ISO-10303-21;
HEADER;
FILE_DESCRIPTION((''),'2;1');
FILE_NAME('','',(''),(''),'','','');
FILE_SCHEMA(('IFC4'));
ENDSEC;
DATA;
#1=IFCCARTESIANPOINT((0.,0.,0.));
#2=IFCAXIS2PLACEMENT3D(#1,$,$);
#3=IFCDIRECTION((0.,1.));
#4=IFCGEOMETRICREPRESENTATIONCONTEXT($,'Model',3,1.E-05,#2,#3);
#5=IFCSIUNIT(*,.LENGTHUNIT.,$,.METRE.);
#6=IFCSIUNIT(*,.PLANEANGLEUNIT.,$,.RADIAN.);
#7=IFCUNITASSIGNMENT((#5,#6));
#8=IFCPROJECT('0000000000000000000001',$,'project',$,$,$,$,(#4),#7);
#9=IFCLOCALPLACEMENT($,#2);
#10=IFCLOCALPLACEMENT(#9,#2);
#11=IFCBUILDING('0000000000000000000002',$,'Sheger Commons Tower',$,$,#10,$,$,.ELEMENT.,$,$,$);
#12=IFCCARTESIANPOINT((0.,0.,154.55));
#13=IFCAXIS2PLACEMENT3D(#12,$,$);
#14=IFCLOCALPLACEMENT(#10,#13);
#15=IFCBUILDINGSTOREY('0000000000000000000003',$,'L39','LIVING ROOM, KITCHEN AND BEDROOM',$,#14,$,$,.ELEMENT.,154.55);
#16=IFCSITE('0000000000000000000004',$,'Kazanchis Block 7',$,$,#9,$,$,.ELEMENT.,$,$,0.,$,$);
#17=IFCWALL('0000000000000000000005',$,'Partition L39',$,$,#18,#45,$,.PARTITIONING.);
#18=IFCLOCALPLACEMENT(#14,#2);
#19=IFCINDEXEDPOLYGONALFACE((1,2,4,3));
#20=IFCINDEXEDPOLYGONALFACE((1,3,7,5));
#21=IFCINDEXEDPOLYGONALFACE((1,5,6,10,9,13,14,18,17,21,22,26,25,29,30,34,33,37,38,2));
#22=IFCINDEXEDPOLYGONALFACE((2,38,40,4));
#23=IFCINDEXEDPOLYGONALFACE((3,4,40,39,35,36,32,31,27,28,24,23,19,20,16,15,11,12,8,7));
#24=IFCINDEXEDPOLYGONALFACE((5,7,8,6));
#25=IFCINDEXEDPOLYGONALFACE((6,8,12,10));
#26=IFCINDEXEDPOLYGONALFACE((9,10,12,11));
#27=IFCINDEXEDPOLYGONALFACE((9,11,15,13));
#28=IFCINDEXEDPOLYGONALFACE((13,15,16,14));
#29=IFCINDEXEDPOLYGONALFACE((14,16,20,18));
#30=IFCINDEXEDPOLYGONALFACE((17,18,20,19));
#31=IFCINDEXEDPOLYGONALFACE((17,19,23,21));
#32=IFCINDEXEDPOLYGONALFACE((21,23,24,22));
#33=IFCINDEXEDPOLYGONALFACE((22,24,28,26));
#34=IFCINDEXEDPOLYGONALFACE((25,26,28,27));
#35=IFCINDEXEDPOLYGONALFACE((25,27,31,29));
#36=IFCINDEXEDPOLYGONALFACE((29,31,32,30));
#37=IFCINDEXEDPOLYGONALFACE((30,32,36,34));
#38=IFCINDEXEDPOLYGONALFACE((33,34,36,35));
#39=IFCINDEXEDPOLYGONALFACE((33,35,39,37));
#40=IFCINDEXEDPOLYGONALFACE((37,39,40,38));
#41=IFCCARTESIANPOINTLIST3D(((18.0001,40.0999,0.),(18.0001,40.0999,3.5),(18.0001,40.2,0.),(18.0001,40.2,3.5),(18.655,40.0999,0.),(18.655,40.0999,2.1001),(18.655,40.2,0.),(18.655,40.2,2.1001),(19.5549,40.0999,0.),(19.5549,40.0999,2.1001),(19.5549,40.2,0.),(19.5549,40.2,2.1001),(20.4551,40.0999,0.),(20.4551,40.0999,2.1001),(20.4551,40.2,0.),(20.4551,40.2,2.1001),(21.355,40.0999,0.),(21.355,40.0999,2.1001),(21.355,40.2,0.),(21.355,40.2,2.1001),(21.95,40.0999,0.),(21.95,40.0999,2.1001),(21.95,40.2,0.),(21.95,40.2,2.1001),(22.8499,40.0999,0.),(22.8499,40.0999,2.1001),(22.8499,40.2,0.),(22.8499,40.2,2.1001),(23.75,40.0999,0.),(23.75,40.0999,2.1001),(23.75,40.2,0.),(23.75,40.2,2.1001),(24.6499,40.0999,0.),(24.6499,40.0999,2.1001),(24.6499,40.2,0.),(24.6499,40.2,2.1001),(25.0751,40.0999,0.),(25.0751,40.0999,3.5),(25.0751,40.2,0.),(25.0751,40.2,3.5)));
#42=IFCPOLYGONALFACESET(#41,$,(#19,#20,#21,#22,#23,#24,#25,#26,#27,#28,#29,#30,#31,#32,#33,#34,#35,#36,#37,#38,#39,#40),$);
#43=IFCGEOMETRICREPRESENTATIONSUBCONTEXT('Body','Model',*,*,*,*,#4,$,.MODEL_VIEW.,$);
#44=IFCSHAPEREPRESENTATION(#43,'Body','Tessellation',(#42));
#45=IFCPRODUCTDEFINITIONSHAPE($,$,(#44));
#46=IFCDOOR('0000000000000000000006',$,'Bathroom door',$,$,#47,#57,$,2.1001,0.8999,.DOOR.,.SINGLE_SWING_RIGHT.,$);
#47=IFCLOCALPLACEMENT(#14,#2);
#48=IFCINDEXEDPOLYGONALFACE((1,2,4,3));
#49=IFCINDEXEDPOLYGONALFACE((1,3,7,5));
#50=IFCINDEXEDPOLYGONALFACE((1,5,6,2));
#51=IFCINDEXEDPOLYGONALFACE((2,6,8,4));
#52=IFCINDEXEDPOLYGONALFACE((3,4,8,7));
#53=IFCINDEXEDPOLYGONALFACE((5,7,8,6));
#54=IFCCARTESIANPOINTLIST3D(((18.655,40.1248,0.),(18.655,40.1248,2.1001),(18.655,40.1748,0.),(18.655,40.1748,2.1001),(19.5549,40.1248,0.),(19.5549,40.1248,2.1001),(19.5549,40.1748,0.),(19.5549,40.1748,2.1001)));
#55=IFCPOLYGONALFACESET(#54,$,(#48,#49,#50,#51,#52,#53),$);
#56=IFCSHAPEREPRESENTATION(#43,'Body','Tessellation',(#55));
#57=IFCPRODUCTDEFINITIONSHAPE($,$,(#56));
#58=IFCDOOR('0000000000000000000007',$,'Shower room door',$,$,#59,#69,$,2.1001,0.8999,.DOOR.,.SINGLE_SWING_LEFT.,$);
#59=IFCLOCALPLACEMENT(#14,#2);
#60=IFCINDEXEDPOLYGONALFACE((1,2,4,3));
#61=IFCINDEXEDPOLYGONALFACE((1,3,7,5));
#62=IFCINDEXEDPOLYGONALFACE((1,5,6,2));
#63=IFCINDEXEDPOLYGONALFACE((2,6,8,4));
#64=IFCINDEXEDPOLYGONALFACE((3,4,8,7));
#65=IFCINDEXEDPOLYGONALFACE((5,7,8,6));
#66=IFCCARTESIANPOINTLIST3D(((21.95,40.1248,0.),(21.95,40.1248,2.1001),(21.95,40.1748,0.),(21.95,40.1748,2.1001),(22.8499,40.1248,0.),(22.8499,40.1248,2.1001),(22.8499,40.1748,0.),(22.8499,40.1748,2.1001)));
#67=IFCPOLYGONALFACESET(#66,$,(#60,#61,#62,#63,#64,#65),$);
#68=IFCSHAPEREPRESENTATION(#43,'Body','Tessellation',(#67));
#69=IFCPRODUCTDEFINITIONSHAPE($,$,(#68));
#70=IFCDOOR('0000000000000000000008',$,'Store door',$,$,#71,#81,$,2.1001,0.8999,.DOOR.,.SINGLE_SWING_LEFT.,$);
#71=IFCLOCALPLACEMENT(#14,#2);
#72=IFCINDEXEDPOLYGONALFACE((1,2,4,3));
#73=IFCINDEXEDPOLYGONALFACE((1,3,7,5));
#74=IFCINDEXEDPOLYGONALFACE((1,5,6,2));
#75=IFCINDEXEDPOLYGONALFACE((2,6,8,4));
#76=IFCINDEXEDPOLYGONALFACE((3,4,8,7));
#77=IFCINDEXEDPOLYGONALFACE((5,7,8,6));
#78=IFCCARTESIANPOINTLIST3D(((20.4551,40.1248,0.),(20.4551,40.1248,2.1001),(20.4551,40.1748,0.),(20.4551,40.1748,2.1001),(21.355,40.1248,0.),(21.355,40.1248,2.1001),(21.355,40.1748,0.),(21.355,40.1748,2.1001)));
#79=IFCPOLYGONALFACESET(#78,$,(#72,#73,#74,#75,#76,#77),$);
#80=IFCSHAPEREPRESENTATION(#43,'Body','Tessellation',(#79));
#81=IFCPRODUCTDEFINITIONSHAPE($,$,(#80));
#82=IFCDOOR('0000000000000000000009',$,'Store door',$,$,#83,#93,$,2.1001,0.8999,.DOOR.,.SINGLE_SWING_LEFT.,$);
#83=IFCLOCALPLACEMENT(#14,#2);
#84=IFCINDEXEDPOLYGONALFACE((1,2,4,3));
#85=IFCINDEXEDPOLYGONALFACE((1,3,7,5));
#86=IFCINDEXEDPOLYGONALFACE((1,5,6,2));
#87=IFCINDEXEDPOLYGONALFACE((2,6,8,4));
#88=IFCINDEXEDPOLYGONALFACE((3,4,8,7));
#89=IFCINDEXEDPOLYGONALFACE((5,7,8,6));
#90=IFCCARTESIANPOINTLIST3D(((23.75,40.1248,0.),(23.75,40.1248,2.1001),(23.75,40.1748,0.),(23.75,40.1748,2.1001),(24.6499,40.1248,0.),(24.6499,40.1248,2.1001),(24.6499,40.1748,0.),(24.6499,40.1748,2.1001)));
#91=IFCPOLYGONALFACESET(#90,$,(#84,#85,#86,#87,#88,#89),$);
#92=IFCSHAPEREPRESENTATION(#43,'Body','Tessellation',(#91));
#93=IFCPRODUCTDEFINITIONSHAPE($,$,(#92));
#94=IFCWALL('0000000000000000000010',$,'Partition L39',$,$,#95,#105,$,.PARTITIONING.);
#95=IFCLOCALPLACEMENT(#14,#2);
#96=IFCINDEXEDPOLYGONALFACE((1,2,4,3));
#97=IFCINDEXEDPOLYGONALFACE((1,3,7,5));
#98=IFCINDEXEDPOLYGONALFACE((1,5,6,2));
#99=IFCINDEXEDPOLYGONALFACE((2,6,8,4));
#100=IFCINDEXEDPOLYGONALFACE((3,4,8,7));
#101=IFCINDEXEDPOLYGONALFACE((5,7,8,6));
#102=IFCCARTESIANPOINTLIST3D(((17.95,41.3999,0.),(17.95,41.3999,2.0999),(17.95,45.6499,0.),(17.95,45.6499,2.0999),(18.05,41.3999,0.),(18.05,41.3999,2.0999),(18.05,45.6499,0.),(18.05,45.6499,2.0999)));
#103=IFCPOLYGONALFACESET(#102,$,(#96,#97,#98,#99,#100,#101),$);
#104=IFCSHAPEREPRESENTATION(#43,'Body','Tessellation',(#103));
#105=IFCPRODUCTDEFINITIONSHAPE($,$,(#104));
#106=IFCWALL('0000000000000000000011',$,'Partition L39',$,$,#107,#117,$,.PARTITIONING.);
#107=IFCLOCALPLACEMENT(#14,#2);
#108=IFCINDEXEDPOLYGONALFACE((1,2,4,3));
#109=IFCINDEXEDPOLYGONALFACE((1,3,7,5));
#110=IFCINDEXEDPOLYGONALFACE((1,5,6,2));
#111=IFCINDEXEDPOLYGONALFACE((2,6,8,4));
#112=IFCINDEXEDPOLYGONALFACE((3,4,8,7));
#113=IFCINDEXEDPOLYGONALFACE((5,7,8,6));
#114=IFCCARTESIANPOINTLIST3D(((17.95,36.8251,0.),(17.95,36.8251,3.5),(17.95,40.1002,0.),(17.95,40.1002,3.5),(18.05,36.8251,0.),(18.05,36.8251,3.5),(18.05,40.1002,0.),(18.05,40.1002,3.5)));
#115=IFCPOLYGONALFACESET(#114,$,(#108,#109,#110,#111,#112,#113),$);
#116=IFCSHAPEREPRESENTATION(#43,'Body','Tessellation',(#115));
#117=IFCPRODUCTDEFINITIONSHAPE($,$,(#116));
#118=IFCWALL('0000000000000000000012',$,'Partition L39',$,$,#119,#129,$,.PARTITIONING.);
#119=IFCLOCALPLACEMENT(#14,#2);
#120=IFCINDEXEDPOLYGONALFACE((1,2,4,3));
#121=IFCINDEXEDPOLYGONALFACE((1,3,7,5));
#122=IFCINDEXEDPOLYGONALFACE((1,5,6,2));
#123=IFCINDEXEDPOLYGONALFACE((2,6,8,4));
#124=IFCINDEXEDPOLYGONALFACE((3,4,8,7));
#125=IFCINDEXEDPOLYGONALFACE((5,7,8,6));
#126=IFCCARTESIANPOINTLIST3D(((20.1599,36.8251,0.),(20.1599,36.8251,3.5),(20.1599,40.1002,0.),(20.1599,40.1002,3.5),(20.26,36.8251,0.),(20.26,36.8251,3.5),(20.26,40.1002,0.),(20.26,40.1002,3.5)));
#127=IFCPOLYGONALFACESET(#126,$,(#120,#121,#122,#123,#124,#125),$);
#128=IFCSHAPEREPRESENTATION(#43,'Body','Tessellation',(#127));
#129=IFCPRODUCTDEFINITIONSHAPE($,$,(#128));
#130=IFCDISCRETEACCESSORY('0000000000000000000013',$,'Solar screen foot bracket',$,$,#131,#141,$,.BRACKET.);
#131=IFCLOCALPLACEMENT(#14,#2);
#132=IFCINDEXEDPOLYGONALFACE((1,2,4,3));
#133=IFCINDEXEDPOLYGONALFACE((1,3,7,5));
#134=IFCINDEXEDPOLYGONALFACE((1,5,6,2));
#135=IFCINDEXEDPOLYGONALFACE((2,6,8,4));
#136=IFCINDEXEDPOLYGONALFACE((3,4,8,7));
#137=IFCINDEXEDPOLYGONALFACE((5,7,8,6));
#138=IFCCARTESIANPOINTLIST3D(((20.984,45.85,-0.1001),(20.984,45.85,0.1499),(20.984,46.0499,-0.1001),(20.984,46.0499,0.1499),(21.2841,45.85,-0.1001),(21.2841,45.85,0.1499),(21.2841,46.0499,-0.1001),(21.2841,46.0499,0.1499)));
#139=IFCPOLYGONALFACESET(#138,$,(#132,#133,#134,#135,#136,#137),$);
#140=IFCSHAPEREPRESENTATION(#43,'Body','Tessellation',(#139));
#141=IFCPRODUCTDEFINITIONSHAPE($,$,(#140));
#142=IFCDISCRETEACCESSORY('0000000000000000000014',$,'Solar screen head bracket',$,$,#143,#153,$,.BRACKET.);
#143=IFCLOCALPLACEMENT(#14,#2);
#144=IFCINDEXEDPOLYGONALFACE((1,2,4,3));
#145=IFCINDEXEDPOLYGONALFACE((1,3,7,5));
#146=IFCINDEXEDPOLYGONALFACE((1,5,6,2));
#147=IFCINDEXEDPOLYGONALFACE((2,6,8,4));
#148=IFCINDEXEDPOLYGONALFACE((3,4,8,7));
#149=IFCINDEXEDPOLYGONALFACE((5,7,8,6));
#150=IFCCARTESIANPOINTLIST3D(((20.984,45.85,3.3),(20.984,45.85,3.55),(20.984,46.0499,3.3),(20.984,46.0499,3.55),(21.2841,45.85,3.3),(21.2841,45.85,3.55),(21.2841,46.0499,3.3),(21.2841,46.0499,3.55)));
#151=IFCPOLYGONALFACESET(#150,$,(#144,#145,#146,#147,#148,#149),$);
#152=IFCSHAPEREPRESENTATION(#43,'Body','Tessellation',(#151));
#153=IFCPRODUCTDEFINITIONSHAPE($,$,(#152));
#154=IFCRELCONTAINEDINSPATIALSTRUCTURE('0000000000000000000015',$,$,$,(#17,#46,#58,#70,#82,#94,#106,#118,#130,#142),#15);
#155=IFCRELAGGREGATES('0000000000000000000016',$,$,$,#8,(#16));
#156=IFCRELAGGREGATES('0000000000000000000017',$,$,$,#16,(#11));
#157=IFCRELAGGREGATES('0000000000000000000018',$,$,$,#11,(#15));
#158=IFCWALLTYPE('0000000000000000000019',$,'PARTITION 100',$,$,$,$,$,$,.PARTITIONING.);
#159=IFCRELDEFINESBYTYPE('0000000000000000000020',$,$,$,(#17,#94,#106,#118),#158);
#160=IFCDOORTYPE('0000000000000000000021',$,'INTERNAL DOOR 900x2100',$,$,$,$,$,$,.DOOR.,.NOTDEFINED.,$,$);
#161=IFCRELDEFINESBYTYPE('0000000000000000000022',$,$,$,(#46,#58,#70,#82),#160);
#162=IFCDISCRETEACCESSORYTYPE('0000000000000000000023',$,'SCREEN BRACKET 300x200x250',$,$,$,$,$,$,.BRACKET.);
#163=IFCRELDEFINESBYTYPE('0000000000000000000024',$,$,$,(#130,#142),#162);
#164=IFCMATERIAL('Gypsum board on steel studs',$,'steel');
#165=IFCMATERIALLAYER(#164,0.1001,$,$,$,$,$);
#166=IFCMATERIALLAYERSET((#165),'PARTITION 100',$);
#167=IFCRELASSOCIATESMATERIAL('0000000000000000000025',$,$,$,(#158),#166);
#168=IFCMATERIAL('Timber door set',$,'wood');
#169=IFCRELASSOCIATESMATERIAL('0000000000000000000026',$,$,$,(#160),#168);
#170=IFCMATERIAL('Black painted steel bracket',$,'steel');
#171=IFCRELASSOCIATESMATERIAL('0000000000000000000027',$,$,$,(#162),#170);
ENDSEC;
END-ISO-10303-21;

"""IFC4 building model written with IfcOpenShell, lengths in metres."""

from ifc_helpers import new_model, si_unit, direction, frame, frame_2d, origin, origin_2d, place, context, subcontext, project, spatial, rectangle, extrude, material, layer, layer_set, type_object, element, fill, save


model = new_model("IFC4")

# Units and contexts
model_context = context("Model", 3, precision=1e-05, world=origin(), true_north=direction((0.0, 1.0)))
body_context = subcontext(model_context, "Body", "Model", "MODEL_VIEW")
ifc_project = project(units=[si_unit("LENGTHUNIT", "METRE"), si_unit("PLANEANGLEUNIT", "RADIAN")], contexts=[model_context])

# Site, building, storey
site_placement = place(None, origin())
site = spatial("IfcSite", under=ifc_project, at=site_placement, Name="Kazanchis Block 7", CompositionType="ELEMENT", RefElevation=0.0)
building_placement = place(site_placement, origin())
building = spatial("IfcBuilding", under=site, at=building_placement, Name="Sheger Commons Tower", CompositionType="ELEMENT")
storey_placement = place(building_placement, frame((0.0, 0.0, 154.55)))
storey = spatial("IfcBuildingStorey", under=building, at=storey_placement, Name="L39", Description="LIVING ROOM, KITCHEN AND BEDROOM", CompositionType="ELEMENT", Elevation=154.55)

# Wall, openings, doors
ifc_material_1 = material(Name="Gypsum board on steel studs", Category="steel")
ifc_layer_1 = layer(ifc_material_1, 0.1001)
ifc_layer_set_1 = layer_set([ifc_layer_1], Name="PARTITION 100")
wall_type_1 = type_object("IfcWallType", Name="PARTITION 100", PredefinedType="PARTITIONING", material=ifc_layer_set_1)
ifc_material_2 = material(Name="Timber door set", Category="wood")
door_type = type_object("IfcDoorType", Name="INTERNAL DOOR 900x2100", OperationType="NOTDEFINED", PredefinedType="DOOR", material=ifc_material_2)
wall_1_placement = place(storey_placement, frame((18.0, 40.1499, 0.0), z_axis=(0.0, 0.0, 1.0), x_axis=(1.0, 0.0, 0.0)))
wall_1 = element("IfcWall", 1, at=wall_1_placement, inside=storey, type_object=wall_type_1, Name="Partition L39", PredefinedType="PARTITIONING", context=body_context, shape_type="SweptSolid", body=[
    extrude(rectangle(XDim=7.075, YDim=0.1001, at=frame_2d((3.5376, 0.0))), origin(), (0.0, 0.0, 1.0), 3.5),
])
opening_1_placement = place(wall_1_placement, frame((0.655, 0.0, 0.0)))
opening_1 = element("IfcOpeningElement", 2, at=opening_1_placement, cuts=wall_1, PredefinedType="OPENING", context=body_context, shape_type="SweptSolid", body=[
    extrude(rectangle(XDim=0.8999, YDim=2.1001, at=frame_2d((0.45, 1.05))), frame((0.0, 0.0601, 0.0), z_axis=(0.0, -1.0, 0.0), x_axis=(1.0, 0.0, 0.0)), (0.0, 0.0, 1.0), 0.1201),
])
opening_2_placement = place(wall_1_placement, frame((3.95, 0.0, 0.0)))
opening_2 = element("IfcOpeningElement", 3, at=opening_2_placement, cuts=wall_1, PredefinedType="OPENING", context=body_context, shape_type="SweptSolid", body=[
    extrude(rectangle(XDim=0.8999, YDim=2.1001, at=frame_2d((0.45, 1.05))), frame((0.0, 0.0601, 0.0), z_axis=(0.0, -1.0, 0.0), x_axis=(1.0, 0.0, 0.0)), (0.0, 0.0, 1.0), 0.1201),
])
opening_3_placement = place(wall_1_placement, frame((2.4551, 0.0, 0.0)))
opening_3 = element("IfcOpeningElement", 4, at=opening_3_placement, cuts=wall_1, PredefinedType="OPENING", context=body_context, shape_type="SweptSolid", body=[
    extrude(rectangle(XDim=0.8999, YDim=2.1001, at=frame_2d((0.45, 1.05))), frame((0.0, 0.0601, 0.0), z_axis=(0.0, -1.0, 0.0), x_axis=(1.0, 0.0, 0.0)), (0.0, 0.0, 1.0), 0.1201),
])
opening_4_placement = place(wall_1_placement, frame((5.75, 0.0, 0.0)))
opening_4 = element("IfcOpeningElement", 5, at=opening_4_placement, cuts=wall_1, PredefinedType="OPENING", context=body_context, shape_type="SweptSolid", body=[
    extrude(rectangle(XDim=0.8999, YDim=2.1001, at=frame_2d((0.45, 1.05))), frame((0.0, 0.0601, 0.0), z_axis=(0.0, -1.0, 0.0), x_axis=(1.0, 0.0, 0.0)), (0.0, 0.0, 1.0), 0.1201),
])
door_1_placement = place(opening_1_placement, origin())
door_1 = element("IfcDoor", 6, at=door_1_placement, inside=storey, type_object=door_type, Name="Bathroom door", OperationType="SINGLE_SWING_RIGHT", OverallHeight=2.1001, OverallWidth=0.8999, PredefinedType="DOOR", context=body_context, shape_type="SweptSolid", body=[
    extrude(rectangle(XDim=0.8999, YDim=2.1001, at=frame_2d((0.45, 1.05))), frame((0.0, 0.0249, 0.0), z_axis=(0.0, -1.0, 0.0), x_axis=(1.0, 0.0, 0.0)), (0.0, 0.0, 1.0), 0.05),
])
fill(opening_1, door_1)
door_2_placement = place(opening_2_placement, origin())
door_2 = element("IfcDoor", 7, at=door_2_placement, inside=storey, type_object=door_type, Name="Shower room door", OperationType="SINGLE_SWING_LEFT", OverallHeight=2.1001, OverallWidth=0.8999, PredefinedType="DOOR", context=body_context, shape_type="SweptSolid", body=[
    extrude(rectangle(XDim=0.8999, YDim=2.1001, at=frame_2d((0.45, 1.05))), frame((0.0, 0.0249, 0.0), z_axis=(0.0, -1.0, 0.0), x_axis=(1.0, 0.0, 0.0)), (0.0, 0.0, 1.0), 0.05),
])
fill(opening_2, door_2)
door_3_placement = place(opening_3_placement, origin())
door_3 = element("IfcDoor", 8, at=door_3_placement, inside=storey, type_object=door_type, Name="Store door", OperationType="SINGLE_SWING_LEFT", OverallHeight=2.1001, OverallWidth=0.8999, PredefinedType="DOOR", context=body_context, shape_type="SweptSolid", body=[
    extrude(rectangle(XDim=0.8999, YDim=2.1001, at=frame_2d((0.45, 1.05))), frame((0.0, 0.0249, 0.0), z_axis=(0.0, -1.0, 0.0), x_axis=(1.0, 0.0, 0.0)), (0.0, 0.0, 1.0), 0.05),
])
fill(opening_3, door_3)
door_4_placement = place(opening_4_placement, origin())
door_4 = element("IfcDoor", 9, at=door_4_placement, inside=storey, type_object=door_type, Name="Store door", OperationType="SINGLE_SWING_LEFT", OverallHeight=2.1001, OverallWidth=0.8999, PredefinedType="DOOR", context=body_context, shape_type="SweptSolid", body=[
    extrude(rectangle(XDim=0.8999, YDim=2.1001, at=frame_2d((0.45, 1.05))), frame((0.0, 0.0249, 0.0), z_axis=(0.0, -1.0, 0.0), x_axis=(1.0, 0.0, 0.0)), (0.0, 0.0, 1.0), 0.05),
])
fill(opening_4, door_4)

# Walls
wall_2_placement = place(storey_placement, frame((18.0, 41.3999, 0.0), z_axis=(0.0, 0.0, 1.0), x_axis=(0.0, 1.0, 0.0)))
element("IfcWall", 10, at=wall_2_placement, inside=storey, type_object=wall_type_1, Name="Partition L39", PredefinedType="PARTITIONING", context=body_context, shape_type="SweptSolid", body=[
    extrude(rectangle(XDim=4.25, YDim=0.1001, at=frame_2d((2.125, 0.0))), origin(), (0.0, 0.0, 1.0), 2.0999),
])
for number, where, z_axis, x_axis, name in (
    (11, (18.0, 36.825, 0.0), (0.0, 0.0, 1.0), (0.0, 1.0, 0.0), "Partition L39"),
    (12, (20.21, 36.825, 0.0), (0.0, 0.0, 1.0), (0.0, 1.0, 0.0), "Partition L39"),
):
    element("IfcWall", number, at=place(storey_placement, frame(where, z_axis=z_axis, x_axis=x_axis)), inside=storey, type_object=wall_type_1, Name=name, PredefinedType="PARTITIONING", context=body_context, shape_type="SweptSolid", body=[
        extrude(rectangle(XDim=3.2751, YDim=0.1001, at=frame_2d((1.6377, 0.0))), origin(), (0.0, 0.0, 1.0), 3.5),
    ])

# Discrete accessories
ifc_material_3 = material(Name="Black painted steel bracket", Category="steel")
discrete_accessory_type = type_object("IfcDiscreteAccessoryType", Name="SCREEN BRACKET 300x200x250", PredefinedType="BRACKET", material=ifc_material_3)
for number, where, z_axis, x_axis, name in (
    (13, (21.134, 45.95, -0.1001), (0.0, 0.0, 1.0), (-1.0, 0.0, 0.0), "Solar screen foot bracket"),
    (14, (21.134, 45.95, 3.3), (0.0, 0.0, 1.0), (-1.0, 0.0, 0.0), "Solar screen head bracket"),
):
    element("IfcDiscreteAccessory", number, at=place(storey_placement, frame(where, z_axis=z_axis, x_axis=x_axis)), inside=storey, type_object=discrete_accessory_type, Name=name, PredefinedType="BRACKET", context=body_context, shape_type="SweptSolid", body=[
        extrude(rectangle(XDim=0.3, YDim=0.2, at=origin_2d()), origin(), (0.0, 0.0, 1.0), 0.25),
    ])

save(model, "model.ifc")
